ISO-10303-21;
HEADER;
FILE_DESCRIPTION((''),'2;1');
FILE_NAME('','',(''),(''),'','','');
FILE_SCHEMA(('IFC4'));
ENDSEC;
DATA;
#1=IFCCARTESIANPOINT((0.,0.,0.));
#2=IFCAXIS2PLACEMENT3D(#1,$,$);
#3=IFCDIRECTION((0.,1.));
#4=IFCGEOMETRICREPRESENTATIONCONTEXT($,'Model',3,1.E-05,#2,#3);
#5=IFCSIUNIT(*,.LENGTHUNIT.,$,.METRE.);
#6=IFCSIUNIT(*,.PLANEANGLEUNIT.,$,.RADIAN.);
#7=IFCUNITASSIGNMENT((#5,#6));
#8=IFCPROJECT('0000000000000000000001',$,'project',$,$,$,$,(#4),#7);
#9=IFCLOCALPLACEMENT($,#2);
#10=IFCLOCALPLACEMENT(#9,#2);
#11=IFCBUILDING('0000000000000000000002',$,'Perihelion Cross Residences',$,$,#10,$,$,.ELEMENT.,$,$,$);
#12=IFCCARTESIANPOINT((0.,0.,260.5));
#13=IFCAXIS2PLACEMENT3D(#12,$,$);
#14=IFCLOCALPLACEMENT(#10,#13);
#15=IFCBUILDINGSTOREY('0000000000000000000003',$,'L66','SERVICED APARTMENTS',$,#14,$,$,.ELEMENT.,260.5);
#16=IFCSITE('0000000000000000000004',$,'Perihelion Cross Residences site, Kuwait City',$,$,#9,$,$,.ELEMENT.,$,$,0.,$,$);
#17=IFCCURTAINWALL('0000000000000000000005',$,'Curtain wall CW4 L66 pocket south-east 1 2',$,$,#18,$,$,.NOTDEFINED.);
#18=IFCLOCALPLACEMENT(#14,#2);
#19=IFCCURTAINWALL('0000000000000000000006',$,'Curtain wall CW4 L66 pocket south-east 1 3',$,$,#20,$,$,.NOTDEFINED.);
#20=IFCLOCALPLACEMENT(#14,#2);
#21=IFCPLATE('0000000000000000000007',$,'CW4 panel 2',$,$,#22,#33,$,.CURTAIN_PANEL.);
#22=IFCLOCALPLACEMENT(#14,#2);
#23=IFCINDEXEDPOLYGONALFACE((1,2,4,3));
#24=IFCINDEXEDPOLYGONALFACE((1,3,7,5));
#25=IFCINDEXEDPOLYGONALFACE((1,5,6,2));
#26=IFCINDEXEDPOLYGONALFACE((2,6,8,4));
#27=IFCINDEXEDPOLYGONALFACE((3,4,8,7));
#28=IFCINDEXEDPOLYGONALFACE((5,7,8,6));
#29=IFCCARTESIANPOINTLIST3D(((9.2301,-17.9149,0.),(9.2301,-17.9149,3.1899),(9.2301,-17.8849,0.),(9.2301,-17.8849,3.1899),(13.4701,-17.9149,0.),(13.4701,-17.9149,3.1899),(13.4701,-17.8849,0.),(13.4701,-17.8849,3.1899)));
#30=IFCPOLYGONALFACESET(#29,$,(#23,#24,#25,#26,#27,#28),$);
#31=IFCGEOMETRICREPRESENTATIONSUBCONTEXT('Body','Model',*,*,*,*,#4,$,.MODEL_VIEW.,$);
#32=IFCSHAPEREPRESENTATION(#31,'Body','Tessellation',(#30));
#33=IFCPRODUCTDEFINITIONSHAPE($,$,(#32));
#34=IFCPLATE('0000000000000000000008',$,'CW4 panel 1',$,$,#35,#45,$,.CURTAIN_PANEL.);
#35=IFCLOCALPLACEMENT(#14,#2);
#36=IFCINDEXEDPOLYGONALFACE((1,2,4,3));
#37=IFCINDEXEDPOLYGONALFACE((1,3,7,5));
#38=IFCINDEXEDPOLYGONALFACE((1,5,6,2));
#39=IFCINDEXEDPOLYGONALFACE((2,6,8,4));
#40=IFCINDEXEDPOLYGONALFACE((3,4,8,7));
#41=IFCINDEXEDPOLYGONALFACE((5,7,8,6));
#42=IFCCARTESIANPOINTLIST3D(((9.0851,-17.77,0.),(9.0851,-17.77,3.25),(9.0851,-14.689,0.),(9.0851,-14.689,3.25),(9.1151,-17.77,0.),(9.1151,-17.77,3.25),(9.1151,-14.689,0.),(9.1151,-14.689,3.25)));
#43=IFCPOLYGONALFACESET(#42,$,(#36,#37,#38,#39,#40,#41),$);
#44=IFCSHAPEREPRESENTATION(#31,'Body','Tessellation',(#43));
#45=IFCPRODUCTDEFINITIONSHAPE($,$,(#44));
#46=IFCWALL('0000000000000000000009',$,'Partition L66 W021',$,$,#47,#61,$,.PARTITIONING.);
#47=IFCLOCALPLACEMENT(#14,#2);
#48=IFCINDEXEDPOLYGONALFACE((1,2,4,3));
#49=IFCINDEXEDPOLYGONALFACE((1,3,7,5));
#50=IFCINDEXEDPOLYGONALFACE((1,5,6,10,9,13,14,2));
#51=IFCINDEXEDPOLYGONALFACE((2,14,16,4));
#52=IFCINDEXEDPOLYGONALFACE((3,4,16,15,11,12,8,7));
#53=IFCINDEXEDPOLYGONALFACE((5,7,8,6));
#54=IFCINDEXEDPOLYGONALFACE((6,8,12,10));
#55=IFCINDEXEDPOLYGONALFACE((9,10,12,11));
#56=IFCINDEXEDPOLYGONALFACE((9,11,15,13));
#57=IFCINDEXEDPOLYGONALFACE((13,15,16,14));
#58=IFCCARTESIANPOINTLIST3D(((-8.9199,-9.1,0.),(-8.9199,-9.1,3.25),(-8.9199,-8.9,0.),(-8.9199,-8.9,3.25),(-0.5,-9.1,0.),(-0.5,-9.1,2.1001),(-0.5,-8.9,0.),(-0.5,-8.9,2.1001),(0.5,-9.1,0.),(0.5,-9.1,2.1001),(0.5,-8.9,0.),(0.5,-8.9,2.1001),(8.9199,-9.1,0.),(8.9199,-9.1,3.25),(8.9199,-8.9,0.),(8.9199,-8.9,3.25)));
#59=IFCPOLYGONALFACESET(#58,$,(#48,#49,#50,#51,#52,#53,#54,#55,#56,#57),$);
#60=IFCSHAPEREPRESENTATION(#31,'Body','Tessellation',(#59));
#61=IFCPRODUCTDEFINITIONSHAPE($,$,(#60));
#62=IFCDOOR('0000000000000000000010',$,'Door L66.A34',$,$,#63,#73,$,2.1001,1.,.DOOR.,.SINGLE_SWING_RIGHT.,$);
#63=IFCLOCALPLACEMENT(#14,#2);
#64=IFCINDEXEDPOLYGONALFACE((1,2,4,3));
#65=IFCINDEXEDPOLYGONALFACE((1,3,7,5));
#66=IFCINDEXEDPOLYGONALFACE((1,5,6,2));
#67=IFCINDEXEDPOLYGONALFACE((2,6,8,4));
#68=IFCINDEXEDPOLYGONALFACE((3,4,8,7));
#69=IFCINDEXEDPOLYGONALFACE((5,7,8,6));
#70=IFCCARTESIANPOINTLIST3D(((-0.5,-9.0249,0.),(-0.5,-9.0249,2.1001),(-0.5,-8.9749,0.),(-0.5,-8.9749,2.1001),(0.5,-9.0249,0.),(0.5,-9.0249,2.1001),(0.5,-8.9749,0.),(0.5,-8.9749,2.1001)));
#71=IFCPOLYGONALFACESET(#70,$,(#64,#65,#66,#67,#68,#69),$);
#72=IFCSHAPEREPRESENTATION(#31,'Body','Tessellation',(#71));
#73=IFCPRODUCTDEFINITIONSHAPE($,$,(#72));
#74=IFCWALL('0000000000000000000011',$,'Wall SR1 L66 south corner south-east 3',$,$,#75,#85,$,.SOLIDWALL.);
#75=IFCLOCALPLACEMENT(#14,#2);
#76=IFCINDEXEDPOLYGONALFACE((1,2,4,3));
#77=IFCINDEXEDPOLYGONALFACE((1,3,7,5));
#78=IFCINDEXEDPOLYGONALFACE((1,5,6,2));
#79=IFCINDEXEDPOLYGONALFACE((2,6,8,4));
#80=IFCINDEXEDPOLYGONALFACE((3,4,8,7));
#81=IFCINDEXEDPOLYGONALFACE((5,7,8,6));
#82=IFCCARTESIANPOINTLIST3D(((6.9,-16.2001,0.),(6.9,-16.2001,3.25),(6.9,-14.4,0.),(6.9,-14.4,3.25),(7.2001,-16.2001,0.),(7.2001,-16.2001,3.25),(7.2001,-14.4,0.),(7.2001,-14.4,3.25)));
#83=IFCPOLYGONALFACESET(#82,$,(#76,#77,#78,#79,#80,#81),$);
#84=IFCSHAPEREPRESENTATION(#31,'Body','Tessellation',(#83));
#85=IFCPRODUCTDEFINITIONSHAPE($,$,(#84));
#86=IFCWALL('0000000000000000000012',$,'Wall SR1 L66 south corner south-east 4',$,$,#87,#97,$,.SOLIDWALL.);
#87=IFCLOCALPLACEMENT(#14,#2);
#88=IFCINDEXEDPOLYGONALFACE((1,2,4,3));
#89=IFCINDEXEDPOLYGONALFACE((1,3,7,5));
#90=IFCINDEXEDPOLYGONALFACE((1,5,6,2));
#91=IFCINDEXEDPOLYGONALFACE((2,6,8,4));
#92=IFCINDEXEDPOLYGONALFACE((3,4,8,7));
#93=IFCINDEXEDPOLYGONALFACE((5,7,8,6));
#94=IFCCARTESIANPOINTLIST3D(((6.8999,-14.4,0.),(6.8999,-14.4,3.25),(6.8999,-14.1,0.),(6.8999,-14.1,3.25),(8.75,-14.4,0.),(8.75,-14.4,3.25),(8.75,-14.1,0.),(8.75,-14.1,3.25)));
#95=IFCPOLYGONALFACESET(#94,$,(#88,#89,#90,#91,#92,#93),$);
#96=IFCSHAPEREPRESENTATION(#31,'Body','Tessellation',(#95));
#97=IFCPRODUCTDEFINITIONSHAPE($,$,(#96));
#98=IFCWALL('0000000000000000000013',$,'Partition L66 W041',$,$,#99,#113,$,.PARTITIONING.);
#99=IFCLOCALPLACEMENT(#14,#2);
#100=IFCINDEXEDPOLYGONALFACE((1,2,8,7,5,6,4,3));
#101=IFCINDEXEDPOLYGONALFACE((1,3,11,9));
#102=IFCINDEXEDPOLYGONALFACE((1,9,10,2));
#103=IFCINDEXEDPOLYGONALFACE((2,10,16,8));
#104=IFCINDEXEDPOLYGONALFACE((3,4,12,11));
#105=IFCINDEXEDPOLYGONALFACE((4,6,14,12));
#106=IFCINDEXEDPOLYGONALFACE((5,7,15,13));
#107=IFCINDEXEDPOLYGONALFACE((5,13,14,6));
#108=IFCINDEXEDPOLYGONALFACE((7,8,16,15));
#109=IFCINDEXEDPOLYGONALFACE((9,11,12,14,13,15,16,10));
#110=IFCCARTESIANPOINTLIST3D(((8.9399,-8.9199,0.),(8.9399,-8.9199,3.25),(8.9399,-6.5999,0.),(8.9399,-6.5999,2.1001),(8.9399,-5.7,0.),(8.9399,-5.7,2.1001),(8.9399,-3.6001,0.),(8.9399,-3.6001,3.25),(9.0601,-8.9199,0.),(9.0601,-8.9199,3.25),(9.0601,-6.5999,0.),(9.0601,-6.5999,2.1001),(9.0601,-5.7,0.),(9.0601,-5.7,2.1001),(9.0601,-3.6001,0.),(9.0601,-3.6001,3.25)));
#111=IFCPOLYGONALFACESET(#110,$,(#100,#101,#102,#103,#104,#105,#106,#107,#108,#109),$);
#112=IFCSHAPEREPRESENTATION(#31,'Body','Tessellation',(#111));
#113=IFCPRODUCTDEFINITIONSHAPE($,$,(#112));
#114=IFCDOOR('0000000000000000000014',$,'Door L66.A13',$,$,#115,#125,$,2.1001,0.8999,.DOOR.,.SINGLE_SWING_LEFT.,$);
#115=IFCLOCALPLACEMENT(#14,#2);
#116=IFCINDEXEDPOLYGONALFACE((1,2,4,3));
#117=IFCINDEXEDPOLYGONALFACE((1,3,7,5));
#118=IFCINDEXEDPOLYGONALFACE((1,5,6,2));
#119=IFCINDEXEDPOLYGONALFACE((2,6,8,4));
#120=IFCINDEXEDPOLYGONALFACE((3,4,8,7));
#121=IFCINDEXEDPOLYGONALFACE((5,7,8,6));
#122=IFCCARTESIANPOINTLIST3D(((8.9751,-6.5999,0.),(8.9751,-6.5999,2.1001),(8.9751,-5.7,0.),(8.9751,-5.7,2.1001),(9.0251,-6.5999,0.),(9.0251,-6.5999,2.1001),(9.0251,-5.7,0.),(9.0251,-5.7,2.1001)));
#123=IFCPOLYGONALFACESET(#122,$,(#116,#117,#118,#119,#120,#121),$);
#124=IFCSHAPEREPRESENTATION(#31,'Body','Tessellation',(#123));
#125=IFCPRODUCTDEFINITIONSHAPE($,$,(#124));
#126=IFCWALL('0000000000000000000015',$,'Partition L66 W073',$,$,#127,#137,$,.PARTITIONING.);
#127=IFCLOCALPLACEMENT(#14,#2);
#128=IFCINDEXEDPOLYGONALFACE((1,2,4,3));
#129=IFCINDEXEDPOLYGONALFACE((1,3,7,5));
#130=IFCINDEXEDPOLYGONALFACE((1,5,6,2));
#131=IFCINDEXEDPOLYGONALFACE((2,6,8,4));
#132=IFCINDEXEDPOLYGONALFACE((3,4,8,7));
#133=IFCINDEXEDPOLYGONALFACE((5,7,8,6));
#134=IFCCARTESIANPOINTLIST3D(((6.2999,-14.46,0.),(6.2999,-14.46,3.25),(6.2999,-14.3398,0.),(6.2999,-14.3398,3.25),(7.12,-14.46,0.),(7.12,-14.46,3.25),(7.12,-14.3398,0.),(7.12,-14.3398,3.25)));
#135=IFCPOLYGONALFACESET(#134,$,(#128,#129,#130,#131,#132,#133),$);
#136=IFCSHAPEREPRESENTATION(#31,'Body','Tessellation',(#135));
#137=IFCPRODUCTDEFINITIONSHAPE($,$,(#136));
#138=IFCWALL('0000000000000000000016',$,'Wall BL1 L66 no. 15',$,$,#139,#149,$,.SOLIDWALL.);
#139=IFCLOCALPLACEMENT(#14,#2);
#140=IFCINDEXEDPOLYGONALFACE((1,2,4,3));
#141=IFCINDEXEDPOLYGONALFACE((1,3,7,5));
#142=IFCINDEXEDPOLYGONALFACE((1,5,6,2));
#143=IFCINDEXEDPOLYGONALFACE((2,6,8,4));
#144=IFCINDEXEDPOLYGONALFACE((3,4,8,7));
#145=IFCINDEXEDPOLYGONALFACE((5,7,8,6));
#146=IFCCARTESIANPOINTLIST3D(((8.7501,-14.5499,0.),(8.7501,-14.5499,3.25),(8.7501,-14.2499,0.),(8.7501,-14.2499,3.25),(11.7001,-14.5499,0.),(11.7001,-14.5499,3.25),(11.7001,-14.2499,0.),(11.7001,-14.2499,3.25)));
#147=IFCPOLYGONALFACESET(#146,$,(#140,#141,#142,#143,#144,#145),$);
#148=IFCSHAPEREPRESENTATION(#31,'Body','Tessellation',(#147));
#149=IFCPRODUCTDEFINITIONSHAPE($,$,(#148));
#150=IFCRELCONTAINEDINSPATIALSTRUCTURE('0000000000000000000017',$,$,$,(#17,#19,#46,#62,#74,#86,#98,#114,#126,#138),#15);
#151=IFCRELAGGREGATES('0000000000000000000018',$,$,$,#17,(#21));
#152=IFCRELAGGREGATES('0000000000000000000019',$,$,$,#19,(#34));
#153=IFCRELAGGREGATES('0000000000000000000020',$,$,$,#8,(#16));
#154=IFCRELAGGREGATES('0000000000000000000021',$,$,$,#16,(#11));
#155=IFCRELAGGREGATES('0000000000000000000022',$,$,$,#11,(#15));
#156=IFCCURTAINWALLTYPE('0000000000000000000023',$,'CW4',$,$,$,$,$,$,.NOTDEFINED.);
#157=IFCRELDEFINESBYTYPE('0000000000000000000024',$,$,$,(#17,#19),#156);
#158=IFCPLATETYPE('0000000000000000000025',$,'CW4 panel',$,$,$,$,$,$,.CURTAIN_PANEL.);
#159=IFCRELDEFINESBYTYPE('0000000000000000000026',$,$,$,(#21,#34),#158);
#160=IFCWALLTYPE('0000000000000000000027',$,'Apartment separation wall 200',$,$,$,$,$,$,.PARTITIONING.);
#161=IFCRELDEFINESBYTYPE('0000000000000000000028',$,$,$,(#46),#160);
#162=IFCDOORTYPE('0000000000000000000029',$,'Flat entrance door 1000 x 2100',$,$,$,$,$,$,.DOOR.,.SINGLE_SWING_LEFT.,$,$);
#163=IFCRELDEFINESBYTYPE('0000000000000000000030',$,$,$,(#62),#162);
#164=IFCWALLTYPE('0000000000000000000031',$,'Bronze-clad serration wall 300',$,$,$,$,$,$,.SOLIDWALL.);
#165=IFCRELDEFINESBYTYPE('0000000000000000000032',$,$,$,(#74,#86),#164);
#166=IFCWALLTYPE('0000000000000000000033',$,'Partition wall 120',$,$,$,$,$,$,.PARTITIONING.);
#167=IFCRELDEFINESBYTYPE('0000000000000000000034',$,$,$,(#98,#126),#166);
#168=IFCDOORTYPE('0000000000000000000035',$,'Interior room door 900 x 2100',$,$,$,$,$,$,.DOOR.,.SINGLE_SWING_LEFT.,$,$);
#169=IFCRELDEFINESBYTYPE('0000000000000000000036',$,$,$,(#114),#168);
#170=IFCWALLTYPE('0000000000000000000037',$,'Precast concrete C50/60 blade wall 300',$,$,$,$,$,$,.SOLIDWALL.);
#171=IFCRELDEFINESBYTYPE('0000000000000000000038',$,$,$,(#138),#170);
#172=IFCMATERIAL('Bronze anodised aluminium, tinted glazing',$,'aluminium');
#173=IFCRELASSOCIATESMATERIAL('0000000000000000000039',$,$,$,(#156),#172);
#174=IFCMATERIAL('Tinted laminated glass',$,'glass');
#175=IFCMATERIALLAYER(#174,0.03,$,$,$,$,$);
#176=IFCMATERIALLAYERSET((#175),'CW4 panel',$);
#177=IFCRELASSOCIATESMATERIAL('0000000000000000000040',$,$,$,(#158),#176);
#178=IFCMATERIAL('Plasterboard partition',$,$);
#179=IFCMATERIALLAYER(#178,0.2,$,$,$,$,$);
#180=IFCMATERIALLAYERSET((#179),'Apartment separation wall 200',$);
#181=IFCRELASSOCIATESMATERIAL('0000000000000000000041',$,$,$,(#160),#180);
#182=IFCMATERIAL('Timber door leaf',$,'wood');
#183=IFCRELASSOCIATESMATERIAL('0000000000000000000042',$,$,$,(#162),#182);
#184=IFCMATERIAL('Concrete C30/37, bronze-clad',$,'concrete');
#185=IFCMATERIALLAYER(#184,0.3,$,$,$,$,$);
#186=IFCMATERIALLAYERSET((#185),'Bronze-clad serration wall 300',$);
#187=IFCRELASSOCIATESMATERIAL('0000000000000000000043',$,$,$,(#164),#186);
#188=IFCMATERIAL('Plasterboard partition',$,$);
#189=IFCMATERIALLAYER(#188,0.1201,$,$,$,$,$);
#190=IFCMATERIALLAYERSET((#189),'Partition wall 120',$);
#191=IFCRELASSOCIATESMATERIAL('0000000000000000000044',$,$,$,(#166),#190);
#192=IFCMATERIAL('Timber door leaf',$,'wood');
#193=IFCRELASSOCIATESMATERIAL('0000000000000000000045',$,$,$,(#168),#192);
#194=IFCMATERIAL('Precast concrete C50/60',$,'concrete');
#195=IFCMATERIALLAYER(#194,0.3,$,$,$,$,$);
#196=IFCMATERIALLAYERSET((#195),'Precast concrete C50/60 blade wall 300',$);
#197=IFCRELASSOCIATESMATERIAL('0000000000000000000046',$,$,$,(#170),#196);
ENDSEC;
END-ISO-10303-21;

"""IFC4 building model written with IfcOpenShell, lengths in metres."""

from ifc_helpers import new_model, si_unit, direction, frame, frame_2d, origin, origin_2d, place, context, subcontext, project, spatial, rectangle, extrude, material, layer, layer_set, type_object, element, fill, aggregate, save


model = new_model("IFC4")

# Units and contexts
model_context = context("Model", 3, precision=1e-05, world=origin(), true_north=direction((0.0, 1.0)))
body_context = subcontext(model_context, "Body", "Model", "MODEL_VIEW")
ifc_project = project(units=[si_unit("LENGTHUNIT", "METRE"), si_unit("PLANEANGLEUNIT", "RADIAN")], contexts=[model_context])

# Site, building, storey
site_placement = place(None, origin())
site = spatial("IfcSite", under=ifc_project, at=site_placement, Name="Perihelion Cross Residences site, Kuwait City", CompositionType="ELEMENT", RefElevation=0.0)
building_placement = place(site_placement, origin())
building = spatial("IfcBuilding", under=site, at=building_placement, Name="Perihelion Cross Residences", CompositionType="ELEMENT")
storey_placement = place(building_placement, frame((0.0, 0.0, 260.5)))
storey = spatial("IfcBuildingStorey", under=building, at=storey_placement, Name="L66", Description="SERVICED APARTMENTS", CompositionType="ELEMENT", Elevation=260.5)

# Curtain wall
ifc_material_1 = material(Name="Bronze anodised aluminium, tinted glazing", Category="aluminium")
curtain_wall_type_1 = type_object("IfcCurtainWallType", Name="CW4", PredefinedType="NOTDEFINED", material=ifc_material_1)
curtain_wall_1_placement = place(storey_placement, origin())
curtain_wall_1 = element("IfcCurtainWall", 1, at=curtain_wall_1_placement, inside=storey, type_object=curtain_wall_type_1, Name="Curtain wall CW4 L66 pocket south-east 1 2", PredefinedType="NOTDEFINED")

# Curtain wall
curtain_wall_2_placement = place(storey_placement, origin())
curtain_wall_2 = element("IfcCurtainWall", 2, at=curtain_wall_2_placement, inside=storey, type_object=curtain_wall_type_1, Name="Curtain wall CW4 L66 pocket south-east 1 3", PredefinedType="NOTDEFINED")

# Plates
ifc_material_2 = material(Name="Tinted laminated glass", Category="glass")
ifc_layer_1 = layer(ifc_material_2, 0.03)
ifc_layer_set_1 = layer_set([ifc_layer_1], Name="CW4 panel")
plate_type_1 = type_object("IfcPlateType", Name="CW4 panel", PredefinedType="CURTAIN_PANEL", material=ifc_layer_set_1)
plate_1_placement = place(storey_placement, frame((11.3501, -17.8999, 0.0), z_axis=(0.0, 0.0, 1.0), x_axis=(-1.0, 0.0, 0.0)))
plate_1 = element("IfcPlate", 3, at=plate_1_placement, type_object=plate_type_1, Name="CW4 panel 2", PredefinedType="CURTAIN_PANEL", context=body_context, shape_type="SweptSolid", body=[
    extrude(rectangle(XDim=4.24, YDim=0.03, at=origin_2d()), origin(), (0.0, 0.0, 1.0), 3.1899),
])
aggregate(curtain_wall_1, [plate_1])
plate_2_placement = place(storey_placement, frame((9.1001, -16.2295, 0.0), z_axis=(0.0, 0.0, 1.0), x_axis=(0.0, 1.0, 0.0)))
plate_2 = element("IfcPlate", 4, at=plate_2_placement, type_object=plate_type_1, Name="CW4 panel 1", PredefinedType="CURTAIN_PANEL", context=body_context, shape_type="SweptSolid", body=[
    extrude(rectangle(XDim=3.0811, YDim=0.03, at=origin_2d()), origin(), (0.0, 0.0, 1.0), 3.25),
])
aggregate(curtain_wall_2, [plate_2])

# Wall, opening, door
ifc_material_3 = material(Name="Plasterboard partition")
ifc_layer_2 = layer(ifc_material_3, 0.2)
ifc_layer_set_2 = layer_set([ifc_layer_2], Name="Apartment separation wall 200")
wall_type_1 = type_object("IfcWallType", Name="Apartment separation wall 200", PredefinedType="PARTITIONING", material=ifc_layer_set_2)
wall_1_placement = place(storey_placement, frame((8.9199, -9.0, 0.0), z_axis=(0.0, 0.0, 1.0), x_axis=(-1.0, 0.0, 0.0)))
wall_1 = element("IfcWall", 5, at=wall_1_placement, inside=storey, type_object=wall_type_1, Name="Partition L66 W021", PredefinedType="PARTITIONING", context=body_context, shape_type="SweptSolid", body=[
    extrude(rectangle(XDim=17.8398, YDim=0.2, at=frame_2d((8.9199, 0.0))), origin(), (0.0, 0.0, 1.0), 3.25),
])
opening_1_placement = place(wall_1_placement, frame((8.4199, 0.0, 0.0)))
opening_1 = element("IfcOpeningElement", 6, at=opening_1_placement, cuts=wall_1, PredefinedType="OPENING", context=body_context, shape_type="SweptSolid", body=[
    extrude(rectangle(XDim=1.0, YDim=2.1001, at=frame_2d((0.5, 1.05))), frame((0.0, 0.1099, 0.0), z_axis=(0.0, -1.0, 0.0), x_axis=(1.0, 0.0, 0.0)), (0.0, 0.0, 1.0), 0.22),
])
ifc_material_4 = material(Name="Timber door leaf", Category="wood")
door_type_1 = type_object("IfcDoorType", Name="Flat entrance door 1000 x 2100", OperationType="SINGLE_SWING_LEFT", PredefinedType="DOOR", material=ifc_material_4)
door_1_placement = place(opening_1_placement, origin())
door_1 = element("IfcDoor", 7, at=door_1_placement, inside=storey, type_object=door_type_1, Name="Door L66.A34", OperationType="SINGLE_SWING_RIGHT", OverallHeight=2.1001, OverallWidth=1.0, PredefinedType="DOOR", context=body_context, shape_type="SweptSolid", body=[
    extrude(rectangle(XDim=1.0, YDim=2.1001, at=frame_2d((0.5, 1.05))), frame((0.0, 0.0249, 0.0), z_axis=(0.0, -1.0, 0.0), x_axis=(1.0, 0.0, 0.0)), (0.0, 0.0, 1.0), 0.05),
])
fill(opening_1, door_1)

# Walls
ifc_material_5 = material(Name="Concrete C30/37, bronze-clad", Category="concrete")
ifc_layer_3 = layer(ifc_material_5, 0.3)
ifc_layer_set_3 = layer_set([ifc_layer_3], Name="Bronze-clad serration wall 300")
wall_type_2 = type_object("IfcWallType", Name="Bronze-clad serration wall 300", PredefinedType="SOLIDWALL", material=ifc_layer_set_3)
wall_2_placement = place(storey_placement, frame((7.05, -16.2, 0.0), z_axis=(0.0, 0.0, 1.0), x_axis=(0.0, 1.0, 0.0)))
element("IfcWall", 8, at=wall_2_placement, inside=storey, type_object=wall_type_2, Name="Wall SR1 L66 south corner south-east 3", PredefinedType="SOLIDWALL", context=body_context, shape_type="SweptSolid", body=[
    extrude(rectangle(XDim=1.8, YDim=0.3, at=frame_2d((0.8999, 0.0))), origin(), (0.0, 0.0, 1.0), 3.25),
])
wall_3_placement = place(storey_placement, frame((6.8999, -14.25, 0.0), z_axis=(0.0, 0.0, 1.0), x_axis=(1.0, 0.0, 0.0)))
element("IfcWall", 9, at=wall_3_placement, inside=storey, type_object=wall_type_2, Name="Wall SR1 L66 south corner south-east 4", PredefinedType="SOLIDWALL", context=body_context, shape_type="SweptSolid", body=[
    extrude(rectangle(XDim=1.8501, YDim=0.3, at=frame_2d((0.925, 0.0))), origin(), (0.0, 0.0, 1.0), 3.25),
])

# Wall, opening, door
ifc_material_6 = material(Name="Plasterboard partition")
ifc_layer_4 = layer(ifc_material_6, 0.1201)
ifc_layer_set_4 = layer_set([ifc_layer_4], Name="Partition wall 120")
wall_type_3 = type_object("IfcWallType", Name="Partition wall 120", PredefinedType="PARTITIONING", material=ifc_layer_set_4)
wall_4_placement = place(storey_placement, frame((9.0, -8.9199, 0.0), z_axis=(0.0, 0.0, 1.0), x_axis=(0.0, 1.0, 0.0)))
wall_4 = element("IfcWall", 10, at=wall_4_placement, inside=storey, type_object=wall_type_3, Name="Partition L66 W041", PredefinedType="PARTITIONING", context=body_context, shape_type="SweptSolid", body=[
    extrude(rectangle(XDim=5.3198, YDim=0.1201, at=frame_2d((2.6599, 0.0))), origin(), (0.0, 0.0, 1.0), 3.25),
])
opening_2_placement = place(wall_4_placement, frame((2.3201, 0.0, 0.0)))
opening_2 = element("IfcOpeningElement", 11, at=opening_2_placement, cuts=wall_4, PredefinedType="OPENING", context=body_context, shape_type="SweptSolid", body=[
    extrude(rectangle(XDim=0.8999, YDim=2.1001, at=frame_2d((0.45, 1.05))), frame((0.0, 0.0701, 0.0), z_axis=(0.0, -1.0, 0.0), x_axis=(1.0, 0.0, 0.0)), (0.0, 0.0, 1.0), 0.1401),
])
ifc_material_7 = material(Name="Timber door leaf", Category="wood")
door_type_2 = type_object("IfcDoorType", Name="Interior room door 900 x 2100", OperationType="SINGLE_SWING_LEFT", PredefinedType="DOOR", material=ifc_material_7)
door_2_placement = place(opening_2_placement, origin())
door_2 = element("IfcDoor", 12, at=door_2_placement, inside=storey, type_object=door_type_2, Name="Door L66.A13", OperationType="SINGLE_SWING_LEFT", OverallHeight=2.1001, OverallWidth=0.8999, PredefinedType="DOOR", context=body_context, shape_type="SweptSolid", body=[
    extrude(rectangle(XDim=0.8999, YDim=2.1001, at=frame_2d((0.45, 1.05))), frame((0.0, 0.0249, 0.0), z_axis=(0.0, -1.0, 0.0), x_axis=(1.0, 0.0, 0.0)), (0.0, 0.0, 1.0), 0.05),
])
fill(opening_2, door_2)

# Walls
wall_5_placement = place(storey_placement, frame((7.1201, -14.3999, 0.0), z_axis=(0.0, 0.0, 1.0), x_axis=(-1.0, 0.0, 0.0)))
element("IfcWall", 13, at=wall_5_placement, inside=storey, type_object=wall_type_3, Name="Partition L66 W073", PredefinedType="PARTITIONING", context=body_context, shape_type="SweptSolid", body=[
    extrude(rectangle(XDim=0.8201, YDim=0.1201, at=frame_2d((0.4102, 0.0))), origin(), (0.0, 0.0, 1.0), 3.25),
])
ifc_material_8 = material(Name="Precast concrete C50/60", Category="concrete")
ifc_layer_5 = layer(ifc_material_8, 0.3)
ifc_layer_set_5 = layer_set([ifc_layer_5], Name="Precast concrete C50/60 blade wall 300")
wall_type_4 = type_object("IfcWallType", Name="Precast concrete C50/60 blade wall 300", PredefinedType="SOLIDWALL", material=ifc_layer_set_5)
wall_6_placement = place(storey_placement, frame((8.75, -14.3999, 0.0), z_axis=(0.0, 0.0, 1.0), x_axis=(1.0, 0.0, 0.0)))
element("IfcWall", 14, at=wall_6_placement, inside=storey, type_object=wall_type_4, Name="Wall BL1 L66 no. 15", PredefinedType="SOLIDWALL", context=body_context, shape_type="SweptSolid", body=[
    extrude(rectangle(XDim=2.95, YDim=0.3, at=frame_2d((1.4751, 0.0))), origin(), (0.0, 0.0, 1.0), 3.25),
])

save(model, "model.ifc")
